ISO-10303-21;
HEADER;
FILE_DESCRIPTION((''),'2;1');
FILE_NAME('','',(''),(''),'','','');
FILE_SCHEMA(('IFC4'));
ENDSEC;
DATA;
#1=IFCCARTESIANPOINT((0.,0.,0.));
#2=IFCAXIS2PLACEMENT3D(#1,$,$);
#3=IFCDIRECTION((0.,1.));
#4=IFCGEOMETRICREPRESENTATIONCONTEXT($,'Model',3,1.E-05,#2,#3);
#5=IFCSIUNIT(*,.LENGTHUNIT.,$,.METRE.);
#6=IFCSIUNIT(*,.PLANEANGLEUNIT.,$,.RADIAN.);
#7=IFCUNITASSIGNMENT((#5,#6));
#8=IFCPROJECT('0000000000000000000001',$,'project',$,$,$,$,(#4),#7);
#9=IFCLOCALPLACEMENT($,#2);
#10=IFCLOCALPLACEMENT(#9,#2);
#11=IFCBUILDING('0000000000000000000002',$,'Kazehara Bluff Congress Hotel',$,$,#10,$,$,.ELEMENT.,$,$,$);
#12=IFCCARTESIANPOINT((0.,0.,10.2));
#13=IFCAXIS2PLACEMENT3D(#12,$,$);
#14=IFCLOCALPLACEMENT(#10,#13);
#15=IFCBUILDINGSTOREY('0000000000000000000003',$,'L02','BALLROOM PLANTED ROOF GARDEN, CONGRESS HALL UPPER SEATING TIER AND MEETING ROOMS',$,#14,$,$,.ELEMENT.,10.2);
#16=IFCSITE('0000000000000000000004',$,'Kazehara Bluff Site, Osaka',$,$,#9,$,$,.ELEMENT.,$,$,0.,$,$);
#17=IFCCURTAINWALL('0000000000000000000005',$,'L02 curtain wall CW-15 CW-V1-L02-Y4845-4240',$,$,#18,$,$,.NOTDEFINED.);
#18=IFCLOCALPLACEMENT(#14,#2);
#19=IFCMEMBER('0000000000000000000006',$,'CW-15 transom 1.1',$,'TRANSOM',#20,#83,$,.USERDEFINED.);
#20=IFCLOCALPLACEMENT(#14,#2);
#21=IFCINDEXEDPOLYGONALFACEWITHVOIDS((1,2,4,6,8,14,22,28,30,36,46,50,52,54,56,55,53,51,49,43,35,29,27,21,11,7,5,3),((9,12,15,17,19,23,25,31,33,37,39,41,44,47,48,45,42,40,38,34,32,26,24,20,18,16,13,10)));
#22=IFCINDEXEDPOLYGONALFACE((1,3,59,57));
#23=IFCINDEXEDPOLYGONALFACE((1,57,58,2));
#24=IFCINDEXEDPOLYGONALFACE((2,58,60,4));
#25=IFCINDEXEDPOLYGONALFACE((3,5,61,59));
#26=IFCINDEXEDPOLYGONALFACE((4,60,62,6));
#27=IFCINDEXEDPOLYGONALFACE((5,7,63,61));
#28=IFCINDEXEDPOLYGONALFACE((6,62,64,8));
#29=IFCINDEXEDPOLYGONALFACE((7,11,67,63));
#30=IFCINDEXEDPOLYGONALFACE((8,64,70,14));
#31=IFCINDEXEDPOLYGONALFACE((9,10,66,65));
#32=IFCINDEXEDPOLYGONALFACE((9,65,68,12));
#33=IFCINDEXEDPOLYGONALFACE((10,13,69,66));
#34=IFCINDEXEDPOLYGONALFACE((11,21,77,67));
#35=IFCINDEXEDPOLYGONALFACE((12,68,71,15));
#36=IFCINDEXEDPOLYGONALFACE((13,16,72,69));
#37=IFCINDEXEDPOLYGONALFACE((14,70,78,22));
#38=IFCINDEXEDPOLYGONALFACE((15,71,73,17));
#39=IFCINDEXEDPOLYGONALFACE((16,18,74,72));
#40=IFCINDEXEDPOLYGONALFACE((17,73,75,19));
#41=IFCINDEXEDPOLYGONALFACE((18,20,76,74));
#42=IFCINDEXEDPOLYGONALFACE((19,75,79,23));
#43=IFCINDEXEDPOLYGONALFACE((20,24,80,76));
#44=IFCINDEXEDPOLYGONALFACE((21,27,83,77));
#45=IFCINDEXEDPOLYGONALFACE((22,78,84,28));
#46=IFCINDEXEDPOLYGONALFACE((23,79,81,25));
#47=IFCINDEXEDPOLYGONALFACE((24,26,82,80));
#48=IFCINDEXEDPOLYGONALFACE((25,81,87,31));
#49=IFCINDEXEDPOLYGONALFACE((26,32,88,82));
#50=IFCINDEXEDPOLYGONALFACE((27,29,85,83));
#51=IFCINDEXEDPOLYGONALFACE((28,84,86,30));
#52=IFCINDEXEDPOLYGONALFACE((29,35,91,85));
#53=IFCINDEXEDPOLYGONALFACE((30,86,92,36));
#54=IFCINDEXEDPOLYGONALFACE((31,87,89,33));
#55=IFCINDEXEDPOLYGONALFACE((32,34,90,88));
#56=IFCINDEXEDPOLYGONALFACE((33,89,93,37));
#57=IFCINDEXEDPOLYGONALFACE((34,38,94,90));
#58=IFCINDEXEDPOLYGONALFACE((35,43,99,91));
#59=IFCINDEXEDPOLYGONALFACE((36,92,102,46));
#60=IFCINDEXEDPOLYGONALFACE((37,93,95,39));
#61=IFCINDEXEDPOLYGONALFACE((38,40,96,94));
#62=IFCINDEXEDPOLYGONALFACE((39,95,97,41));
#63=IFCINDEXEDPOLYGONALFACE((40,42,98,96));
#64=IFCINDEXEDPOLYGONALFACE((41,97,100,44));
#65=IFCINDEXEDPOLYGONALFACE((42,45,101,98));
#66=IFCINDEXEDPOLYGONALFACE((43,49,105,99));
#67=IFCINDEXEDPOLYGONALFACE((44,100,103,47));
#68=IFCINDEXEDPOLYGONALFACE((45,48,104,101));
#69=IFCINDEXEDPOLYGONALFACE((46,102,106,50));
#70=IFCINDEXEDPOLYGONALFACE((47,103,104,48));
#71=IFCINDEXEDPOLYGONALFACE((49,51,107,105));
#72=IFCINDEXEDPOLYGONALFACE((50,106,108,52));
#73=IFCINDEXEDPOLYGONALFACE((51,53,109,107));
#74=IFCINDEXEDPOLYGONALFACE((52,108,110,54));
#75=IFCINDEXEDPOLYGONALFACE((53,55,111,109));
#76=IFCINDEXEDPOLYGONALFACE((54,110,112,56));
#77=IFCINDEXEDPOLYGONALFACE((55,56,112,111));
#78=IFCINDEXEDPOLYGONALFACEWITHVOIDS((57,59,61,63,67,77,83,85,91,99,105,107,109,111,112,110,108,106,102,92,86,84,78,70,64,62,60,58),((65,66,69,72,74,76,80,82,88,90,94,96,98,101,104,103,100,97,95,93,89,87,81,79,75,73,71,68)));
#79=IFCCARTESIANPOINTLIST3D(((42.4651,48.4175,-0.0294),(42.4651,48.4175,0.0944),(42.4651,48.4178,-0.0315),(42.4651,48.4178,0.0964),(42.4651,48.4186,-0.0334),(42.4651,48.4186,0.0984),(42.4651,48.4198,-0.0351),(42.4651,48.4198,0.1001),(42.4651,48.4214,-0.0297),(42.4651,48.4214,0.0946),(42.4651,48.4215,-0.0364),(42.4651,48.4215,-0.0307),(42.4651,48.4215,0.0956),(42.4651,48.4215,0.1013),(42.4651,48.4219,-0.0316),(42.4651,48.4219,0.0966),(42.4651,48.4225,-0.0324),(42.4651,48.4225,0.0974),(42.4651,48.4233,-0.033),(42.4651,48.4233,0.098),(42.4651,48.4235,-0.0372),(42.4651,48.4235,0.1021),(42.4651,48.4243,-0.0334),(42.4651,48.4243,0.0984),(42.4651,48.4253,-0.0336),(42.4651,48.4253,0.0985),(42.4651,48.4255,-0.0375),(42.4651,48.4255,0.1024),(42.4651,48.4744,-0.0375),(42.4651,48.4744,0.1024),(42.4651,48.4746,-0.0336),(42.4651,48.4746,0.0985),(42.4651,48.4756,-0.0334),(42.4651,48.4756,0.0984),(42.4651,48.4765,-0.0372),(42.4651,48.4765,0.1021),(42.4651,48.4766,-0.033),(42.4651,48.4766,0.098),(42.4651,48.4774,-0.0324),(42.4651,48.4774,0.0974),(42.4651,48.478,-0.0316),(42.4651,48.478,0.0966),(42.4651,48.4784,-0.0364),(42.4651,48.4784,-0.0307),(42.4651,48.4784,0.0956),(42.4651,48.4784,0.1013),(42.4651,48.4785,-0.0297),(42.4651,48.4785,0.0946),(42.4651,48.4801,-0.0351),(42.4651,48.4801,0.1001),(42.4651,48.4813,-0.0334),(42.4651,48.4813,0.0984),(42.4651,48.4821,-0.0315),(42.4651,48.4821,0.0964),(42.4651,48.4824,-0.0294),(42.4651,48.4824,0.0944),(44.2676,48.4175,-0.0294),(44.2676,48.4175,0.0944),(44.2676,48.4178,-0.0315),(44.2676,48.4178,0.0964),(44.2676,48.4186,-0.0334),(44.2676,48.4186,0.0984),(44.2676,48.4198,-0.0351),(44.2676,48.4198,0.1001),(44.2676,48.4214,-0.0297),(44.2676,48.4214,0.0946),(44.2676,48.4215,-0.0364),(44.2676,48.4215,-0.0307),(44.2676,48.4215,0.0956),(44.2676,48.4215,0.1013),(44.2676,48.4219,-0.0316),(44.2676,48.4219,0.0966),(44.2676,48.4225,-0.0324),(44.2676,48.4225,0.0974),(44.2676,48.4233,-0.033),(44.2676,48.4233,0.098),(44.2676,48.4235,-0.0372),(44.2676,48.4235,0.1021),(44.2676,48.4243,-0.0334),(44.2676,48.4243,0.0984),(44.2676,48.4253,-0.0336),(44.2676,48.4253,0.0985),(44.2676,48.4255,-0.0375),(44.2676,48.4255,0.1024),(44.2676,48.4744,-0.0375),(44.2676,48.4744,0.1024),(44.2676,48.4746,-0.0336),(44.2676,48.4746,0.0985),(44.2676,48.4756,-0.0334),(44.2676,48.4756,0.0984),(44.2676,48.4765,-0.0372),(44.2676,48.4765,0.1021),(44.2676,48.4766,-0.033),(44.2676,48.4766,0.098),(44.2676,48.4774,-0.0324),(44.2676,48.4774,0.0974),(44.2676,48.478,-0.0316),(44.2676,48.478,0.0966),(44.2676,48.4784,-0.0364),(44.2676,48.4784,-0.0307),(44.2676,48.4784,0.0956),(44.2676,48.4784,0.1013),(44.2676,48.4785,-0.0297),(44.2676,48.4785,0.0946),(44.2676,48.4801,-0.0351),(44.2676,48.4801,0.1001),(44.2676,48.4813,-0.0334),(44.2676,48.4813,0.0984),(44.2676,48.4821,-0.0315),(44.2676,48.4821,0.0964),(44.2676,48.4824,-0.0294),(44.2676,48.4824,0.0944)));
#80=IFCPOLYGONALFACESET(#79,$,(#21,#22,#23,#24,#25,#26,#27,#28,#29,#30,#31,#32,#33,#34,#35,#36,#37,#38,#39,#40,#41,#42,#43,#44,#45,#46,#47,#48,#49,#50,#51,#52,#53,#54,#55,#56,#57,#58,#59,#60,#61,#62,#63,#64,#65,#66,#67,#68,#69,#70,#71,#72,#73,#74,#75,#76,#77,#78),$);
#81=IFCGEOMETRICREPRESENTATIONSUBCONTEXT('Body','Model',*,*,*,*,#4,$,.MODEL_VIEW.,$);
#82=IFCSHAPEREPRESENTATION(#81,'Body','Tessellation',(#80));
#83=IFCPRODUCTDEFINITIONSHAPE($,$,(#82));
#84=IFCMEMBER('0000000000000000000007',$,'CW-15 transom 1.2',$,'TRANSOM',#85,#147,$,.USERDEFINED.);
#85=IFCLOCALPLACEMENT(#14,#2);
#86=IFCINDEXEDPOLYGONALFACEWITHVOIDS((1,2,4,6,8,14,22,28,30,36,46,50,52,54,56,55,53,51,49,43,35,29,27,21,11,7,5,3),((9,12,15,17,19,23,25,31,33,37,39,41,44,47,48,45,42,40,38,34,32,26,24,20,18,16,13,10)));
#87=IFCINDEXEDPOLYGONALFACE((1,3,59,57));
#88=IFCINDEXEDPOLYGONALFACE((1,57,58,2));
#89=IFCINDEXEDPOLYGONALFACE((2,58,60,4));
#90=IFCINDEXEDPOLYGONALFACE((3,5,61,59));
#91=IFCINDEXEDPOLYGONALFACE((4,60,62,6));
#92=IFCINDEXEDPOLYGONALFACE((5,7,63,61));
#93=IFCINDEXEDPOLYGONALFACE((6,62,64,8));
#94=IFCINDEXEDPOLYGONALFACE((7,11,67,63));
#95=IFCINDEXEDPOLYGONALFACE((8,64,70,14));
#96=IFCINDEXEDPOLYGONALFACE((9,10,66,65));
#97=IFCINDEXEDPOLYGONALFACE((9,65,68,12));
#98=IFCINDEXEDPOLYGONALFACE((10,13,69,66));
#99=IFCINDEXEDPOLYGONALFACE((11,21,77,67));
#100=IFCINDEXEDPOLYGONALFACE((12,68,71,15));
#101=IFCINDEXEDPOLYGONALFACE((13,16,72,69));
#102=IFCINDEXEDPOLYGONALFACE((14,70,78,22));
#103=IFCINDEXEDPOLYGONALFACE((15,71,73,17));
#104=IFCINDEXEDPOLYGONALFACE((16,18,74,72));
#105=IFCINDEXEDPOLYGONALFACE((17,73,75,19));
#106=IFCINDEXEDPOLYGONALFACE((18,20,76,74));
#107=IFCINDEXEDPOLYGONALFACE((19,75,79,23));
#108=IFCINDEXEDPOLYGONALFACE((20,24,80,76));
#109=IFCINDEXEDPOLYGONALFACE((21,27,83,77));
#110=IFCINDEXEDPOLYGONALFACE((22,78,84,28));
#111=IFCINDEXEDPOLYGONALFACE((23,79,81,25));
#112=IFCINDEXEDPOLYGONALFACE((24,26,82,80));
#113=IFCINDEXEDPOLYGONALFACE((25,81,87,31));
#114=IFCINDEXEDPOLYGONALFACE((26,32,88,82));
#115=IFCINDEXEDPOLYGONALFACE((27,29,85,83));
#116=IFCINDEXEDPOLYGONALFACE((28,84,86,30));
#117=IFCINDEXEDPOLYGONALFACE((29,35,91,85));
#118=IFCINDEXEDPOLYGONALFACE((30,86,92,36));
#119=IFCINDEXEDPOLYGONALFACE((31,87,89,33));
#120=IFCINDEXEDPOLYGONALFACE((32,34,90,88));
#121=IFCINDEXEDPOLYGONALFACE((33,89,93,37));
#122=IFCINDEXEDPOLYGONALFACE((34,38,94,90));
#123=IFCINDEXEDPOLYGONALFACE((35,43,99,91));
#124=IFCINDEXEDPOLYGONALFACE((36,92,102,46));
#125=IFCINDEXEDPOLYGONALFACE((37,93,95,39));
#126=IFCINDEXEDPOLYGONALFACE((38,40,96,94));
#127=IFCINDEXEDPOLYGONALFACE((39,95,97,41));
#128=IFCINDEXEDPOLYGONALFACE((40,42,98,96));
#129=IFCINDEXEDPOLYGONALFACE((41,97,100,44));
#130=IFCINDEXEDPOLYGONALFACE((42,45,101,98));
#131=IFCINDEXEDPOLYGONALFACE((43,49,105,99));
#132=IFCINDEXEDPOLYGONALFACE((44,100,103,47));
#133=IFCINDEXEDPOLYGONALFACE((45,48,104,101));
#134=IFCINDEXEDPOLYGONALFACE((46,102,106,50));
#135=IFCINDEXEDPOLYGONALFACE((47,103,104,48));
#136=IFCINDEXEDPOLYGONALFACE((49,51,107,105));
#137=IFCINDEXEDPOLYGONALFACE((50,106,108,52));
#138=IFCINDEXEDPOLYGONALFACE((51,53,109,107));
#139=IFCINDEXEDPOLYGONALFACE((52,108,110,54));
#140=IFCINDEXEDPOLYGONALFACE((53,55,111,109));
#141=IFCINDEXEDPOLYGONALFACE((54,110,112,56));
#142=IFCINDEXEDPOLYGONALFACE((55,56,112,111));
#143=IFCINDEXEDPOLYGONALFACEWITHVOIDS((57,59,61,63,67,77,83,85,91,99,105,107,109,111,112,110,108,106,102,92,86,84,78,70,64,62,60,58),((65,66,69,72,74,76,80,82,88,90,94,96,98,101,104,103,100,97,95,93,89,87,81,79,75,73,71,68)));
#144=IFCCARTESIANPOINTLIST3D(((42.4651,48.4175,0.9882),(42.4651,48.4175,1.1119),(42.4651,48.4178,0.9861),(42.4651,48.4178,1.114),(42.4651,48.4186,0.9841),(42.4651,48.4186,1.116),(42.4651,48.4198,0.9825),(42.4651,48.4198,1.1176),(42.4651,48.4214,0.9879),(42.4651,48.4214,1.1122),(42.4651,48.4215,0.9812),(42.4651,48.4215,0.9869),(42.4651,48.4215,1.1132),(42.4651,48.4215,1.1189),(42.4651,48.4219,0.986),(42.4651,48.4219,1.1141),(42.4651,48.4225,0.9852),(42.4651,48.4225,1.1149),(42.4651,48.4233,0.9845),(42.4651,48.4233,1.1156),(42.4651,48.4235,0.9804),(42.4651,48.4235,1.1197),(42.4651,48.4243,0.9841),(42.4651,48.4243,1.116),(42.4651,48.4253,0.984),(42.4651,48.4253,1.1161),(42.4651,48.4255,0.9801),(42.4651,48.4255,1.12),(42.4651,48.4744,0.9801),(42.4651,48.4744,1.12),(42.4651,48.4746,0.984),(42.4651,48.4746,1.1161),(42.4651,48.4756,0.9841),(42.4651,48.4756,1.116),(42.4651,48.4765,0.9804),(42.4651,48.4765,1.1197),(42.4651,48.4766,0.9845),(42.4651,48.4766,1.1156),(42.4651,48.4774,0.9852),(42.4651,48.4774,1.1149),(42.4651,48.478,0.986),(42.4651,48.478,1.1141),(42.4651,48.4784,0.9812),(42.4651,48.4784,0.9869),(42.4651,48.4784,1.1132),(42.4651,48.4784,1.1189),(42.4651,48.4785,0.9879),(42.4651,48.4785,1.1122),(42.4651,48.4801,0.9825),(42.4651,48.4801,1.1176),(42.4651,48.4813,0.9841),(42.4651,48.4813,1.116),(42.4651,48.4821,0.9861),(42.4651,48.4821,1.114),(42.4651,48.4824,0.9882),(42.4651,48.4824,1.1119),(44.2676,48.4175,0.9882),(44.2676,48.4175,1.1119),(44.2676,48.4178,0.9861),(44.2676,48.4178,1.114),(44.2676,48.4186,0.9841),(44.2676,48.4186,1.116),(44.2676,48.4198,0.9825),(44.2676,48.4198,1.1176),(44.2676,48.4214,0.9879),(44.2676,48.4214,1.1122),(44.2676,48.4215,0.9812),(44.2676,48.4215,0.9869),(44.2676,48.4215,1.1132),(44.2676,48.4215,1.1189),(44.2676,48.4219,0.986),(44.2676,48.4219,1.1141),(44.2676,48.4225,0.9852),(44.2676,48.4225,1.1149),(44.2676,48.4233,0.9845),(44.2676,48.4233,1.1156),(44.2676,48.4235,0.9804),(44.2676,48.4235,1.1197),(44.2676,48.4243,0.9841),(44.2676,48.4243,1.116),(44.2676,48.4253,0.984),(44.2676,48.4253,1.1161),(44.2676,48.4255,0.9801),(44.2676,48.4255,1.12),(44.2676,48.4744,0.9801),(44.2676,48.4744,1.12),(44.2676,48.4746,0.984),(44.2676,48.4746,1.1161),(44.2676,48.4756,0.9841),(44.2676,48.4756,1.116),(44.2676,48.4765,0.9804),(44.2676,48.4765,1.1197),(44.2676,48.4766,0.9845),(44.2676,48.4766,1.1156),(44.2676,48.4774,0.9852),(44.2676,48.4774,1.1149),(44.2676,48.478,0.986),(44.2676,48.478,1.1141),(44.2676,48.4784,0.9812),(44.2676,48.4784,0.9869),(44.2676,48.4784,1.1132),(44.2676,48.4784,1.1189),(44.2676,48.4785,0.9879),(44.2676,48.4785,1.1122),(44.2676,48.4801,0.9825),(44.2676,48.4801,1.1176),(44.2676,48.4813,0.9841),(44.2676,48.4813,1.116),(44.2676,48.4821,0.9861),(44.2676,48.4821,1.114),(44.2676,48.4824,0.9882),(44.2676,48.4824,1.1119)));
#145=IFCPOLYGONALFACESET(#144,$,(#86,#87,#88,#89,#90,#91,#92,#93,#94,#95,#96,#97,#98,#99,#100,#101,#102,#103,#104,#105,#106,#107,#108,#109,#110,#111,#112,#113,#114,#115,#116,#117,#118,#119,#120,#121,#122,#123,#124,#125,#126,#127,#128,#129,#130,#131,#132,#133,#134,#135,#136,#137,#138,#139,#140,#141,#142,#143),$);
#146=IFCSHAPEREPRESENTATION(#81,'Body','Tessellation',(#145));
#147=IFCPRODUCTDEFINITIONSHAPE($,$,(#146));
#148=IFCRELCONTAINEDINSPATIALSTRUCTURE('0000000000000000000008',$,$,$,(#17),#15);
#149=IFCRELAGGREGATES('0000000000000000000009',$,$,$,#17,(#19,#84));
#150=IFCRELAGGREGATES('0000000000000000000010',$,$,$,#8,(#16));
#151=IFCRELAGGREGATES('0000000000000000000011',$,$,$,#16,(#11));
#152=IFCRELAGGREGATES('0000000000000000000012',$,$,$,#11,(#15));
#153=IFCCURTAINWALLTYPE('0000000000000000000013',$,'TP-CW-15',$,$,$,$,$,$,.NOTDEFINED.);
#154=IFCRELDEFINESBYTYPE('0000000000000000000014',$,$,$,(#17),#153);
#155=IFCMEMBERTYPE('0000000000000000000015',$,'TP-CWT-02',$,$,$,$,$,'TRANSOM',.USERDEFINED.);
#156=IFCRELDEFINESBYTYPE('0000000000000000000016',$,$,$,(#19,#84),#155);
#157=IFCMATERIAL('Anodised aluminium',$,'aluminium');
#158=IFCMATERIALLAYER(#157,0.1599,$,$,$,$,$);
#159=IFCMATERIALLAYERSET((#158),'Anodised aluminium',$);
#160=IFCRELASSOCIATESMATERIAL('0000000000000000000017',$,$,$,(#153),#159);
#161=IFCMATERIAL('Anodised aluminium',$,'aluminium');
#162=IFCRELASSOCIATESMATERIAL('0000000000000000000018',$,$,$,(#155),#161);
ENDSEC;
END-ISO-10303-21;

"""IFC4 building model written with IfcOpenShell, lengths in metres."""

from ifc_helpers import new_model, si_unit, direction, frame, origin, origin_2d, place, context, subcontext, project, spatial, hollow_rectangle, extrude, material, layer, layer_set, material_profile, profile_set, type_object, element, aggregate, save


model = new_model("IFC4")

# Units and contexts
model_context = context("Model", 3, precision=1e-05, world=origin(), true_north=direction((0.0, 1.0)))
body_context = subcontext(model_context, "Body", "Model", "MODEL_VIEW")
ifc_project = project(units=[si_unit("LENGTHUNIT", "METRE"), si_unit("PLANEANGLEUNIT", "RADIAN")], contexts=[model_context])

# Site, building, storey
site_placement = place(None, origin())
site = spatial("IfcSite", under=ifc_project, at=site_placement, Name="Kazehara Bluff Site, Osaka", CompositionType="ELEMENT", RefElevation=0.0)
building_placement = place(site_placement, origin())
building = spatial("IfcBuilding", under=site, at=building_placement, Name="Kazehara Bluff Congress Hotel", CompositionType="ELEMENT")
storey_placement = place(building_placement, frame((0.0, 0.0, 10.2)))
storey = spatial("IfcBuildingStorey", under=building, at=storey_placement, Name="L02", Description="BALLROOM PLANTED ROOF GARDEN, CONGRESS HALL UPPER SEATING TIER AND MEETING ROOMS", CompositionType="ELEMENT", Elevation=10.2)

# Curtain wall
ifc_material_1 = material(Name="Anodised aluminium", Category="aluminium")
ifc_layer_1 = layer(ifc_material_1, 0.1599)
ifc_layer_set_1 = layer_set([ifc_layer_1], Name="Anodised aluminium")
curtain_wall_type_1 = type_object("IfcCurtainWallType", Name="TP-CW-15", PredefinedType="NOTDEFINED", material=ifc_layer_set_1)
curtain_wall_1_placement = place(storey_placement, origin())
curtain_wall_1 = element("IfcCurtainWall", 1, at=curtain_wall_1_placement, inside=storey, type_object=curtain_wall_type_1, Name="L02 curtain wall CW-15 CW-V1-L02-Y4845-4240", PredefinedType="NOTDEFINED")

# Members
ifc_material_2 = material(Name="Anodised aluminium", Category="aluminium")
ifc_material_profile_1 = material_profile(ifc_material_2, hollow_rectangle(XDim=0.0649, YDim=0.1399, WallThickness=0.0039, InnerFilletRadius=0.0039, OuterFilletRadius=0.0081, at=origin_2d()))
ifc_profile_set_1 = profile_set([ifc_material_profile_1], Name="Anodised aluminium")
member_type_1 = type_object("IfcMemberType", Name="TP-CWT-02", ElementType="TRANSOM", PredefinedType="USERDEFINED", material=ifc_profile_set_1)
member_1_placement = place(storey_placement, frame((42.4651, 48.45, 0.0325), z_axis=(1.0, 0.0, 0.0), x_axis=(0.0, 1.0, 0.0)))
member_1 = element("IfcMember", 2, at=member_1_placement, type_object=member_type_1, Name="CW-15 transom 1.1", ObjectType="TRANSOM", PredefinedType="USERDEFINED", context=body_context, shape_type="SweptSolid", body=[
    extrude(hollow_rectangle(XDim=0.0649, YDim=0.1399, WallThickness=0.0039, InnerFilletRadius=0.0039, OuterFilletRadius=0.0081, at=origin_2d()), origin(), (0.0, 0.0, 1.0), 1.8025),
])
member_2_placement = place(storey_placement, frame((42.4651, 48.45, 1.05), z_axis=(1.0, 0.0, 0.0), x_axis=(0.0, 1.0, 0.0)))
member_2 = element("IfcMember", 3, at=member_2_placement, type_object=member_type_1, Name="CW-15 transom 1.2", ObjectType="TRANSOM", PredefinedType="USERDEFINED", context=body_context, shape_type="SweptSolid", body=[
    extrude(hollow_rectangle(XDim=0.0649, YDim=0.1399, WallThickness=0.0039, InnerFilletRadius=0.0039, OuterFilletRadius=0.0081, at=origin_2d()), origin(), (0.0, 0.0, 1.0), 1.8025),
])

aggregate(curtain_wall_1, [member_1, member_2])

save(model, "model.ifc")
